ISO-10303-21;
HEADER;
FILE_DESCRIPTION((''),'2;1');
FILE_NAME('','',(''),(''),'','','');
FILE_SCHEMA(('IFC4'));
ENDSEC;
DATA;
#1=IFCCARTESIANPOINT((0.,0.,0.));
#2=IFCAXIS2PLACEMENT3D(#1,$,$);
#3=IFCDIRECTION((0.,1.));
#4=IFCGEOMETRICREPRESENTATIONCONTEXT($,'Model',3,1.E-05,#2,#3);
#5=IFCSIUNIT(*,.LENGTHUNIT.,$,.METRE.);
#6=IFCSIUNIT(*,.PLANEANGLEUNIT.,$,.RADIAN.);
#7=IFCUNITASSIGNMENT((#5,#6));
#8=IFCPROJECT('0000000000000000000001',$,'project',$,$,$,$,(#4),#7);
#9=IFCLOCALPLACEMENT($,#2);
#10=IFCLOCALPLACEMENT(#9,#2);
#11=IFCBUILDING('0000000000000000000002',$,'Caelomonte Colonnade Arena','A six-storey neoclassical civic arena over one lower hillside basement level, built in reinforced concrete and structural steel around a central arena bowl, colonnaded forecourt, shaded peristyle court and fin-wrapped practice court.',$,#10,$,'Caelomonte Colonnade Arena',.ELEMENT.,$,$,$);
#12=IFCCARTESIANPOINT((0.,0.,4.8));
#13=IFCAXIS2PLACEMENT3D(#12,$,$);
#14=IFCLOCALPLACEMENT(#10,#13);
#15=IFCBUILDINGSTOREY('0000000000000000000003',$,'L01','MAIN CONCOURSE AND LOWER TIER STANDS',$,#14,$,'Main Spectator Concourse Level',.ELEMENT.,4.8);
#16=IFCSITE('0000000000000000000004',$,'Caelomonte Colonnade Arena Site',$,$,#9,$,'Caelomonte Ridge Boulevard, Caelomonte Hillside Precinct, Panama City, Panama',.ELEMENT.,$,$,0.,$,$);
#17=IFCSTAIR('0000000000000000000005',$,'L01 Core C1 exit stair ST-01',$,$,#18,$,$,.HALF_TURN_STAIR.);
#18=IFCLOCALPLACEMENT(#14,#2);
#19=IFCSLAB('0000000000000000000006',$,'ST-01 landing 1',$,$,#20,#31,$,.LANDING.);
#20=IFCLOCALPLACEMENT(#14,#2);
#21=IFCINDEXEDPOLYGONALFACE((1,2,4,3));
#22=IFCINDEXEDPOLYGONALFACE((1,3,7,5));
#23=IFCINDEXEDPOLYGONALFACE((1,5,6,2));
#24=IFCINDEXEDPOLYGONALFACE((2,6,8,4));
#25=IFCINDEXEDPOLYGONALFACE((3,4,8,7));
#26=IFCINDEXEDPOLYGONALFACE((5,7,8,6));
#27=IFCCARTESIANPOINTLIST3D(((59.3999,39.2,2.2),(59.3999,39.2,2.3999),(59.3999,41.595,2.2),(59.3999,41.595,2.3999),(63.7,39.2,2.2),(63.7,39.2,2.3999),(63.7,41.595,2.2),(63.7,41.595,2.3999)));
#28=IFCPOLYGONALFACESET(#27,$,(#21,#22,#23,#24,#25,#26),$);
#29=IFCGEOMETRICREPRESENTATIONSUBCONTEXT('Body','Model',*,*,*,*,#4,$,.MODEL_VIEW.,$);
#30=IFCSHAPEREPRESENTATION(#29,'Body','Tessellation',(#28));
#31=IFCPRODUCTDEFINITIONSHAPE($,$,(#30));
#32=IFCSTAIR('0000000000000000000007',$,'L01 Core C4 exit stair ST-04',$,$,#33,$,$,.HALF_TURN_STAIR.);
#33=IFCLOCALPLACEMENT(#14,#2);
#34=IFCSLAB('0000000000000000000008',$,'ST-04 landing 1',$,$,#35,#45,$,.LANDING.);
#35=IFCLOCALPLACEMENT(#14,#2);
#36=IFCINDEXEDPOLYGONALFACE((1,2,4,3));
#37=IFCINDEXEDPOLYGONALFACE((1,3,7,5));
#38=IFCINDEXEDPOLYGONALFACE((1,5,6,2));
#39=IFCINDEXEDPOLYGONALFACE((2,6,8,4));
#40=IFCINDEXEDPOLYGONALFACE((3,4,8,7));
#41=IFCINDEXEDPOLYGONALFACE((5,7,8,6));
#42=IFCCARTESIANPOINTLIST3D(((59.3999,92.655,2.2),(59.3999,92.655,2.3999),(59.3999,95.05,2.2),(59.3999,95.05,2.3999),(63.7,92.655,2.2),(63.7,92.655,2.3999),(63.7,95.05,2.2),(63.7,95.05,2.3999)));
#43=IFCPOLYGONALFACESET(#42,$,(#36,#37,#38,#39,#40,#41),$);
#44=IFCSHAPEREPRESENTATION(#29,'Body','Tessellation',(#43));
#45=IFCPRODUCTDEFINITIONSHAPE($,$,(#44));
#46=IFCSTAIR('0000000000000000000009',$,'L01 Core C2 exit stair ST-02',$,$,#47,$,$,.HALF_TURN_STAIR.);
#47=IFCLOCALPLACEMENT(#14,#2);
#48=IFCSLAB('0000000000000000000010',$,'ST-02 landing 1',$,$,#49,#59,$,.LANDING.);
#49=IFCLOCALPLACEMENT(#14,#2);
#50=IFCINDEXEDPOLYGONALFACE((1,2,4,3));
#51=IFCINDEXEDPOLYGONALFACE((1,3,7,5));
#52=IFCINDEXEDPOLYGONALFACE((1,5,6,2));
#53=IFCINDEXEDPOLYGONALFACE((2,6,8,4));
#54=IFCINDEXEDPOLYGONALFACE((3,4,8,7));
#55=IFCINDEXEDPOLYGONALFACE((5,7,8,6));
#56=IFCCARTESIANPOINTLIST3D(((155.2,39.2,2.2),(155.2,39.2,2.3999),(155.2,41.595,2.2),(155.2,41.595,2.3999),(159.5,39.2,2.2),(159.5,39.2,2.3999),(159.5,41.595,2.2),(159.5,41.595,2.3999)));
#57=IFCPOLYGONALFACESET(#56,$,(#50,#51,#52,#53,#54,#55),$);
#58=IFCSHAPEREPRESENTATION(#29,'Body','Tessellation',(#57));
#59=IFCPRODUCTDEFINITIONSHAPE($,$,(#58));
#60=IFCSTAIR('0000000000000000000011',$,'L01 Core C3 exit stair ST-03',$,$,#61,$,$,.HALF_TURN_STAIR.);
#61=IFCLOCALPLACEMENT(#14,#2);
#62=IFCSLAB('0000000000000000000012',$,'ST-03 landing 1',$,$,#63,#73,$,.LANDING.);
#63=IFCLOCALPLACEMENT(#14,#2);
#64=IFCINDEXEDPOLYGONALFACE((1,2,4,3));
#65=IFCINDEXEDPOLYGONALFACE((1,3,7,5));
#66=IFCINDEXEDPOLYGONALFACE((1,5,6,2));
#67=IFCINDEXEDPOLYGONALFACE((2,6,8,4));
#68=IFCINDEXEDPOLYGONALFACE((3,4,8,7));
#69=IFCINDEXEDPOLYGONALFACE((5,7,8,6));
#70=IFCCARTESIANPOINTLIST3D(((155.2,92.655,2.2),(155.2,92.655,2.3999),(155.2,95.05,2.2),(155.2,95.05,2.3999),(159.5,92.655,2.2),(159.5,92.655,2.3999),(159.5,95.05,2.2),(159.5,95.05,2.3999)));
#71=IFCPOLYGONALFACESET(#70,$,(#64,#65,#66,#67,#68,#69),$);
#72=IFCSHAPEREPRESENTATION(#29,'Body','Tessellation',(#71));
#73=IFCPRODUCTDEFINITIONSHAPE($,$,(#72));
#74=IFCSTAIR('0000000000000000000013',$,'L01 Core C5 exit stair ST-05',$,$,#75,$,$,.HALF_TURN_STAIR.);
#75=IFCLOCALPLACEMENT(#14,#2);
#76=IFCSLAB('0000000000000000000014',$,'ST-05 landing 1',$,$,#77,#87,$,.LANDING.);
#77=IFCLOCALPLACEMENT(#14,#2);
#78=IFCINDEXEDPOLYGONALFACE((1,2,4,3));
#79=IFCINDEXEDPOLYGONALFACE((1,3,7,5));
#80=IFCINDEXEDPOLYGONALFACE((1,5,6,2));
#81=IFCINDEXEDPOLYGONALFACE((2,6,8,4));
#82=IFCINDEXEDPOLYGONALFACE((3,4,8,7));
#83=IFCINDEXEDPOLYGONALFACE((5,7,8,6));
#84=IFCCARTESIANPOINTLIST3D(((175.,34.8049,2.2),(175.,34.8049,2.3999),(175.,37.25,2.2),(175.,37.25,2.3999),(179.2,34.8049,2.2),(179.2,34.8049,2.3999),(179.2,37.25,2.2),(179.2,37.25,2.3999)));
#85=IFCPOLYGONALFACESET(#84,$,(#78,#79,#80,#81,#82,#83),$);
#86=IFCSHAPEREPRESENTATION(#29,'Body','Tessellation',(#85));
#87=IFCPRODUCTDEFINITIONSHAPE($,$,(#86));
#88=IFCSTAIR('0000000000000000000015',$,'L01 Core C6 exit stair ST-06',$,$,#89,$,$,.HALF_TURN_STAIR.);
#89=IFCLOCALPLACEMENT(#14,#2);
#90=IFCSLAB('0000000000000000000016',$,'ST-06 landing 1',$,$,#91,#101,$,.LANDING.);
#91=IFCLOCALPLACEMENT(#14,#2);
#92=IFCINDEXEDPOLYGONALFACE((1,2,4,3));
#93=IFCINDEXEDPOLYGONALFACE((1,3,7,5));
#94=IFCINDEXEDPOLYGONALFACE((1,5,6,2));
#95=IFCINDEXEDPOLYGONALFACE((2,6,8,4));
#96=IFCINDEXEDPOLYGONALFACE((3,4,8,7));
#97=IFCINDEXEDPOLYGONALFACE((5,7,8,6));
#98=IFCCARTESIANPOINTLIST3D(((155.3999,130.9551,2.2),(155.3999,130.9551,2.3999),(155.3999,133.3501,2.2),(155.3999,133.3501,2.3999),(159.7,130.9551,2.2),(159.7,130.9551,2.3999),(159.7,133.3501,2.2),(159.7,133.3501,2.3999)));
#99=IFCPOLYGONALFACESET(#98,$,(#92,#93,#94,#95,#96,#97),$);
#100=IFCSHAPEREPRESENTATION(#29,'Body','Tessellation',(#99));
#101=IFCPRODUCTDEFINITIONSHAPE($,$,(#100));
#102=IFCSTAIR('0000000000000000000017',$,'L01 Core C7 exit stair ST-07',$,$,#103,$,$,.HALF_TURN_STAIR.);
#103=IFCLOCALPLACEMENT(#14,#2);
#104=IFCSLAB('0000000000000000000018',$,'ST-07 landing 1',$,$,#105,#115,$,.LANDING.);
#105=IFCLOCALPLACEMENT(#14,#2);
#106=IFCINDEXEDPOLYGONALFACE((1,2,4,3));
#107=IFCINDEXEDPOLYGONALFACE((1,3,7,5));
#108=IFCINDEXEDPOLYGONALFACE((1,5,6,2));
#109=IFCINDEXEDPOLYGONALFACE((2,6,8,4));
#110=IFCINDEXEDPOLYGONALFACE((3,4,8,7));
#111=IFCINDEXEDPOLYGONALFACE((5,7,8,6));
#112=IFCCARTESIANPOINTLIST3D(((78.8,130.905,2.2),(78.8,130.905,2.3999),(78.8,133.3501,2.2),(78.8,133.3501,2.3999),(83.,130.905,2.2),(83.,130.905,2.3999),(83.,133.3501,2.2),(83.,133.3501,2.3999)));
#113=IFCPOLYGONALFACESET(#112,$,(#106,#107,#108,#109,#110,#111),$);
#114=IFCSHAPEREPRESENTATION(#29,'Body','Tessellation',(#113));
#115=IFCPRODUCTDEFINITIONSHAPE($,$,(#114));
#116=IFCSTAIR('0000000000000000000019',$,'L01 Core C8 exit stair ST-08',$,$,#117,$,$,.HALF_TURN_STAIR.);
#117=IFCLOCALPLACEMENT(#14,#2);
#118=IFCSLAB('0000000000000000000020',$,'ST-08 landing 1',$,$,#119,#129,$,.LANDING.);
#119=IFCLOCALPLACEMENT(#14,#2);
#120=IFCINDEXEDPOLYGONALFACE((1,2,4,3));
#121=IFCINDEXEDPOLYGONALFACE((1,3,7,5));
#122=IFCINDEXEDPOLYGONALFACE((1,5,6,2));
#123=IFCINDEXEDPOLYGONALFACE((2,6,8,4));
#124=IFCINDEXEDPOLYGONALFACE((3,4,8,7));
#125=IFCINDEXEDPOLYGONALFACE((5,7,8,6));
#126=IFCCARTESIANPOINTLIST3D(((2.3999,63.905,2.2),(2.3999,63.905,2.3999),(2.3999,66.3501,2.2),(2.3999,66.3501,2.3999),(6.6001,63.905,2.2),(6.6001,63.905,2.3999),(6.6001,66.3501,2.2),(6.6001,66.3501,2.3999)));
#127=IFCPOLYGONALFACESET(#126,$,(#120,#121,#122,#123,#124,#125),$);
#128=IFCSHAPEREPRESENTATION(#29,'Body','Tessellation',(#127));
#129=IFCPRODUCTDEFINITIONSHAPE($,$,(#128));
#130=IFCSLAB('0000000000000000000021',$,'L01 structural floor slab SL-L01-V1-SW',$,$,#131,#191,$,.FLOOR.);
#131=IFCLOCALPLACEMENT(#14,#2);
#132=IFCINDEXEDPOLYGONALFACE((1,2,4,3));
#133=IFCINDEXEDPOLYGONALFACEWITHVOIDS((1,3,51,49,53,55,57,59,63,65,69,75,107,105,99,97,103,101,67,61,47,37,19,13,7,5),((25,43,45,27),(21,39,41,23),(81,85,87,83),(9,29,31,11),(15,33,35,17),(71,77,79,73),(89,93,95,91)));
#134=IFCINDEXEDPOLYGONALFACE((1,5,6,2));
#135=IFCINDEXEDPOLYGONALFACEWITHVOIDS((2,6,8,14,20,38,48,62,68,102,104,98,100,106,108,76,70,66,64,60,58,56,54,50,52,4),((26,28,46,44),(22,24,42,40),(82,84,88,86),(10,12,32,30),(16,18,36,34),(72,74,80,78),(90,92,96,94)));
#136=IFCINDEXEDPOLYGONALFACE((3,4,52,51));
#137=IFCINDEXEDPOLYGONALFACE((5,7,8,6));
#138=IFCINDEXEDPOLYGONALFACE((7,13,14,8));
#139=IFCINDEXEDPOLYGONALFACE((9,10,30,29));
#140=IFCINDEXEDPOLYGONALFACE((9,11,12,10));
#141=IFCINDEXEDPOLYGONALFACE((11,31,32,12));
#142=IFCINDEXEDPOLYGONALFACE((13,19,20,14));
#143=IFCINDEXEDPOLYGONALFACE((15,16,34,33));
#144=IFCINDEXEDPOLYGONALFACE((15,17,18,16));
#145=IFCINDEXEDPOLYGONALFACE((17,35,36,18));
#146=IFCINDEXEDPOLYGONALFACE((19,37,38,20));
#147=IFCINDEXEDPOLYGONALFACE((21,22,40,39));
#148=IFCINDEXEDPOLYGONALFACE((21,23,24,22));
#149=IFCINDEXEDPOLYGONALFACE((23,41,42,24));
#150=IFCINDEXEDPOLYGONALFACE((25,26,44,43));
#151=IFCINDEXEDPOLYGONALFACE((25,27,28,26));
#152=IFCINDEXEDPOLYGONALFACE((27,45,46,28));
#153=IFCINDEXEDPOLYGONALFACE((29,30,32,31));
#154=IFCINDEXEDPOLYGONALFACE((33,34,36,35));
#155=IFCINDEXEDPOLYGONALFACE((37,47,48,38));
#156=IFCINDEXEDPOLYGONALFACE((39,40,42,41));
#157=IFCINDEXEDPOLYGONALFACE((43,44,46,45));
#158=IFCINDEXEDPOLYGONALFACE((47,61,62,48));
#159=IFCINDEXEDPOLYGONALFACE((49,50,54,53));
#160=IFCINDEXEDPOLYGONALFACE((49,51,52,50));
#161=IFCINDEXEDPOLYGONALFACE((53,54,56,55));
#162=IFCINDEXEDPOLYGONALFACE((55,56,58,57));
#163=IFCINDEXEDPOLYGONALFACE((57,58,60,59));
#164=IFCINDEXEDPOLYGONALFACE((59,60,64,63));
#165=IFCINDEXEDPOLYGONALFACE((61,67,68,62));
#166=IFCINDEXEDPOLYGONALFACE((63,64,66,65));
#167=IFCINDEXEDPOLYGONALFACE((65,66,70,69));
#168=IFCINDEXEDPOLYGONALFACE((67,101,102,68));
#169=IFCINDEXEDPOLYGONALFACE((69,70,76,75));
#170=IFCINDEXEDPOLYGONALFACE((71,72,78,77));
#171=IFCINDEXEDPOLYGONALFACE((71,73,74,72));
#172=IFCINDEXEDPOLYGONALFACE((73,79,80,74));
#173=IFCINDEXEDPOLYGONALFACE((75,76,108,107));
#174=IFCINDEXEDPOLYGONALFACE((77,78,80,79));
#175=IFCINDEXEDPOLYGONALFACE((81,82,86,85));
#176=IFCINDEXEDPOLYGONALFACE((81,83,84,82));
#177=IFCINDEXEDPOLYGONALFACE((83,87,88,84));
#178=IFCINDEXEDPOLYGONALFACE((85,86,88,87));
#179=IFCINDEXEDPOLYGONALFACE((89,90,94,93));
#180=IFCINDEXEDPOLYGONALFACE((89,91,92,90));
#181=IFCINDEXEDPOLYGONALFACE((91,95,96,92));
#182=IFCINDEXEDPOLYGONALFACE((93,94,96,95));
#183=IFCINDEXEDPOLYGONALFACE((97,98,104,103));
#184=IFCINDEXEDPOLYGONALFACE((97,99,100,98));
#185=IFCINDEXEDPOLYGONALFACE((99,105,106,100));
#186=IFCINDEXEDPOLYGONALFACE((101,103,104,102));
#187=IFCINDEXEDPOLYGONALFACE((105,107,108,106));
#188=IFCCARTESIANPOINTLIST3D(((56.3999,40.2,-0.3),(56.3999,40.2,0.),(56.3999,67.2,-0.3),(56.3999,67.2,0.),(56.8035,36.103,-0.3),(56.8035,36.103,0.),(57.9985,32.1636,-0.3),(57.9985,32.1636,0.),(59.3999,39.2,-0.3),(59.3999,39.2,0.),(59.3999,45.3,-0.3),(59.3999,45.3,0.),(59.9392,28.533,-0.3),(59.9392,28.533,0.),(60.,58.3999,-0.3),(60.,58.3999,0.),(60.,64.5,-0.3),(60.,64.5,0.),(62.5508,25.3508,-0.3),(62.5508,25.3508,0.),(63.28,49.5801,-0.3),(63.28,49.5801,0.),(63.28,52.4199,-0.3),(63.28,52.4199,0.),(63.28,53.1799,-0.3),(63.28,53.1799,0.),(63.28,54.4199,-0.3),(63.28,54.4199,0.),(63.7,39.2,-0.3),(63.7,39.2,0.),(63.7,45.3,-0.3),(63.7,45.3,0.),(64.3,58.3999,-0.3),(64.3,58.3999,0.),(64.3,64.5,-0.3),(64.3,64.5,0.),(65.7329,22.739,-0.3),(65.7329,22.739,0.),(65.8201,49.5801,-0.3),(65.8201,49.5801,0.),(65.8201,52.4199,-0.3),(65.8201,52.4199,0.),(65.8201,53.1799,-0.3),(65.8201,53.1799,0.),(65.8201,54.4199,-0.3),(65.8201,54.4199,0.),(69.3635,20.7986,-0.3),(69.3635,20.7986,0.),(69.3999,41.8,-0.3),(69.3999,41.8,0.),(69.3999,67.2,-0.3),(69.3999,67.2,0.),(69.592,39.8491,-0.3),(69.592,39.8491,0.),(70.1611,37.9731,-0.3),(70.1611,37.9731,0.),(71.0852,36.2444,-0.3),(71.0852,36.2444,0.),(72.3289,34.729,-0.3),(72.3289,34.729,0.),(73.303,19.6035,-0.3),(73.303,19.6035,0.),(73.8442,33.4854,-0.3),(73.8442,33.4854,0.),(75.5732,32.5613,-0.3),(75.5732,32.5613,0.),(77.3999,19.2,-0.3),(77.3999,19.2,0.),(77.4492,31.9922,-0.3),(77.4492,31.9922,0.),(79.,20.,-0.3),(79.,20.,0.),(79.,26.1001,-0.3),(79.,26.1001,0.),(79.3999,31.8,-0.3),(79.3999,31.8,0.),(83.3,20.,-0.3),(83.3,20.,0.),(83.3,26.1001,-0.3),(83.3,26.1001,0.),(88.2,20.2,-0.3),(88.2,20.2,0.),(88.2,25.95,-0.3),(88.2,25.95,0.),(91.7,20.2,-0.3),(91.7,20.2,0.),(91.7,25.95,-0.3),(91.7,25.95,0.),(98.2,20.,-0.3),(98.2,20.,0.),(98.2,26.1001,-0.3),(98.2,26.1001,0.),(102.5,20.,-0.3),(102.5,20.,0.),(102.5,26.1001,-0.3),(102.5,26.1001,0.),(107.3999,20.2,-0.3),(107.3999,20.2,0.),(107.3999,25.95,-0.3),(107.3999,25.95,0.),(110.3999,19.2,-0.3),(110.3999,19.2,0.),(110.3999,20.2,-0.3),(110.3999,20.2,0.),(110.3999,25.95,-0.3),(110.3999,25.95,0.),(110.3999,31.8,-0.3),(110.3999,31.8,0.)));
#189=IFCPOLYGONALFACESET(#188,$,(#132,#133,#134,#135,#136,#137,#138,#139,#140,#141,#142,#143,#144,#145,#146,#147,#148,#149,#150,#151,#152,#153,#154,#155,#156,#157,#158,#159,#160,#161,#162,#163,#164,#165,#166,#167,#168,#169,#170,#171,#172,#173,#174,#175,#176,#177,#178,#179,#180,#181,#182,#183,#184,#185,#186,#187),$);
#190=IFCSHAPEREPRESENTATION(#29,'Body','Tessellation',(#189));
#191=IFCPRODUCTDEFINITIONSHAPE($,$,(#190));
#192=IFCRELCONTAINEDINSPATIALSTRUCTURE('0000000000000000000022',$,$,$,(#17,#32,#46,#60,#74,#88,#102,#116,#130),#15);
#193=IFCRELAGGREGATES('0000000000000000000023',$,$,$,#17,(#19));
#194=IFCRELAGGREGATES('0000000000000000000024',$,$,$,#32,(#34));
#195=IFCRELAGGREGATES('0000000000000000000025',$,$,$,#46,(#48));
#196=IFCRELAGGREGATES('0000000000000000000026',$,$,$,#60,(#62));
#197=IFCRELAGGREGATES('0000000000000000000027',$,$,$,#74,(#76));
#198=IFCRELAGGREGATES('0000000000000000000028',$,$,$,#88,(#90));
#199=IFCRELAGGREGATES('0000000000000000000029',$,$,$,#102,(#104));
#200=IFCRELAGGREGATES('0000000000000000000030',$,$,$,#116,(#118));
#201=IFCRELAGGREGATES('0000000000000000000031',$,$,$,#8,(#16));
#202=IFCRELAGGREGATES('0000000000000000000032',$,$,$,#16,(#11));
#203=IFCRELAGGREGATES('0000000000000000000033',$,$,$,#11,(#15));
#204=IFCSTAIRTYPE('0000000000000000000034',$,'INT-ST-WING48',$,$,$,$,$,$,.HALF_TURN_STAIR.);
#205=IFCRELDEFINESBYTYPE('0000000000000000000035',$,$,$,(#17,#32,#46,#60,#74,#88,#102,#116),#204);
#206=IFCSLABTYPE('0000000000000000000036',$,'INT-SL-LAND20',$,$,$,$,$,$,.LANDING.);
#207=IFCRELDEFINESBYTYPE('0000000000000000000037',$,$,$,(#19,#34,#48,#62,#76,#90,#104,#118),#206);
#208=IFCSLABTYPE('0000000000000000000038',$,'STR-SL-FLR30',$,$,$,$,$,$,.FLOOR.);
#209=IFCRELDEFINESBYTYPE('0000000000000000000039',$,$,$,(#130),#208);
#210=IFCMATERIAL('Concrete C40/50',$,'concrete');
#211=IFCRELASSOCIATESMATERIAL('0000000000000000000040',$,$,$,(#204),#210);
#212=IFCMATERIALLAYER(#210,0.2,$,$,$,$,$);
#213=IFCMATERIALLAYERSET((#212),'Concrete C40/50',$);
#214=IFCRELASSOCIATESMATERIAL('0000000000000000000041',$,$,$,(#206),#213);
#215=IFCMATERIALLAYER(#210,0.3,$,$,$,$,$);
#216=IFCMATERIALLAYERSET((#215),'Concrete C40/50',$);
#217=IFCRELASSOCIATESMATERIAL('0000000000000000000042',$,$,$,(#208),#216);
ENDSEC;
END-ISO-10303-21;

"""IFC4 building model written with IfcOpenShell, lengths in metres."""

from ifc_helpers import new_model, si_unit, direction, frame, origin, place, context, subcontext, project, spatial, polyline, outline, extrude, material, layer, layer_set, type_object, element, aggregate, save


model = new_model("IFC4")

# Units and contexts
model_context = context("Model", 3, precision=1e-05, world=origin(), true_north=direction((0.0, 1.0)))
body_context = subcontext(model_context, "Body", "Model", "MODEL_VIEW")
ifc_project = project(units=[si_unit("LENGTHUNIT", "METRE"), si_unit("PLANEANGLEUNIT", "RADIAN")], contexts=[model_context])

# Site, building, storey
site_placement = place(None, origin())
site = spatial("IfcSite", under=ifc_project, at=site_placement, Name="Caelomonte Colonnade Arena Site", LongName="Caelomonte Ridge Boulevard, Caelomonte Hillside Precinct, Panama City, Panama", CompositionType="ELEMENT", RefElevation=0.0)
building_placement = place(site_placement, origin())
building = spatial("IfcBuilding", under=site, at=building_placement, Name="Caelomonte Colonnade Arena", Description="A six-storey neoclassical civic arena over one lower hillside basement level, built in reinforced concrete and structural steel around a central arena bowl, colonnaded forecourt, shaded peristyle court and fin-wrapped practice court.", LongName="Caelomonte Colonnade Arena", CompositionType="ELEMENT")
storey_placement = place(building_placement, frame((0.0, 0.0, 4.8)))
storey = spatial("IfcBuildingStorey", under=building, at=storey_placement, Name="L01", Description="MAIN CONCOURSE AND LOWER TIER STANDS", LongName="Main Spectator Concourse Level", CompositionType="ELEMENT", Elevation=4.8)

# Stairs, slabs
ifc_material_1 = material(Name="Concrete C40/50", Category="concrete")
stair_type = type_object("IfcStairType", Name="INT-ST-WING48", PredefinedType="HALF_TURN_STAIR", material=ifc_material_1)
stair_1_placement = place(storey_placement, origin())
stair_1 = element("IfcStair", 1, at=stair_1_placement, inside=storey, type_object=stair_type, Name="L01 Core C1 exit stair ST-01", PredefinedType="HALF_TURN_STAIR")
ifc_layer_1 = layer(ifc_material_1, 0.2)
ifc_layer_set_1 = layer_set([ifc_layer_1], Name="Concrete C40/50")
slab_type_1 = type_object("IfcSlabType", Name="INT-SL-LAND20", PredefinedType="LANDING", material=ifc_layer_set_1)
slab_1_placement = place(storey_placement, frame((0.0, 0.0, 2.2)))
slab_1 = element("IfcSlab", 2, at=slab_1_placement, type_object=slab_type_1, Name="ST-01 landing 1", PredefinedType="LANDING", context=body_context, shape_type="SweptSolid", body=[
    extrude(outline(polyline([(59.3999, 41.595), (59.3999, 39.2), (63.7, 39.2), (63.7, 41.595), (59.3999, 41.595)])), origin(), (0.0, 0.0, 1.0), 0.2),
])
aggregate(stair_1, [slab_1])
stair_2_placement = place(storey_placement, origin())
stair_2 = element("IfcStair", 3, at=stair_2_placement, inside=storey, type_object=stair_type, Name="L01 Core C4 exit stair ST-04", PredefinedType="HALF_TURN_STAIR")
slab_2_placement = place(storey_placement, frame((0.0, 0.0, 2.2)))
slab_2 = element("IfcSlab", 4, at=slab_2_placement, type_object=slab_type_1, Name="ST-04 landing 1", PredefinedType="LANDING", context=body_context, shape_type="SweptSolid", body=[
    extrude(outline(polyline([(63.7, 92.655), (63.7, 95.05), (59.3999, 95.05), (59.3999, 92.655), (63.7, 92.655)])), origin(), (0.0, 0.0, 1.0), 0.2),
])
aggregate(stair_2, [slab_2])
stair_3_placement = place(storey_placement, origin())
stair_3 = element("IfcStair", 5, at=stair_3_placement, inside=storey, type_object=stair_type, Name="L01 Core C2 exit stair ST-02", PredefinedType="HALF_TURN_STAIR")
slab_3_placement = place(storey_placement, frame((0.0, 0.0, 2.2)))
slab_3 = element("IfcSlab", 6, at=slab_3_placement, type_object=slab_type_1, Name="ST-02 landing 1", PredefinedType="LANDING", context=body_context, shape_type="SweptSolid", body=[
    extrude(outline(polyline([(155.2, 41.595), (155.2, 39.2), (159.5, 39.2), (159.5, 41.595), (155.2, 41.595)])), origin(), (0.0, 0.0, 1.0), 0.2),
])
aggregate(stair_3, [slab_3])
stair_4_placement = place(storey_placement, origin())
stair_4 = element("IfcStair", 7, at=stair_4_placement, inside=storey, type_object=stair_type, Name="L01 Core C3 exit stair ST-03", PredefinedType="HALF_TURN_STAIR")
slab_4_placement = place(storey_placement, frame((0.0, 0.0, 2.2)))
slab_4 = element("IfcSlab", 8, at=slab_4_placement, type_object=slab_type_1, Name="ST-03 landing 1", PredefinedType="LANDING", context=body_context, shape_type="SweptSolid", body=[
    extrude(outline(polyline([(159.5, 92.655), (159.5, 95.05), (155.2, 95.05), (155.2, 92.655), (159.5, 92.655)])), origin(), (0.0, 0.0, 1.0), 0.2),
])
aggregate(stair_4, [slab_4])
stair_5_placement = place(storey_placement, origin())
stair_5 = element("IfcStair", 9, at=stair_5_placement, inside=storey, type_object=stair_type, Name="L01 Core C5 exit stair ST-05", PredefinedType="HALF_TURN_STAIR")
slab_5_placement = place(storey_placement, frame((0.0, 0.0, 2.2)))
slab_5 = element("IfcSlab", 10, at=slab_5_placement, type_object=slab_type_1, Name="ST-05 landing 1", PredefinedType="LANDING", context=body_context, shape_type="SweptSolid", body=[
    extrude(outline(polyline([(179.2, 34.8049), (179.2, 37.25), (175.0, 37.25), (175.0, 34.8049), (179.2, 34.8049)])), origin(), (0.0, 0.0, 1.0), 0.2),
])
aggregate(stair_5, [slab_5])
stair_6_placement = place(storey_placement, origin())
stair_6 = element("IfcStair", 11, at=stair_6_placement, inside=storey, type_object=stair_type, Name="L01 Core C6 exit stair ST-06", PredefinedType="HALF_TURN_STAIR")
slab_6_placement = place(storey_placement, frame((0.0, 0.0, 2.2)))
slab_6 = element("IfcSlab", 12, at=slab_6_placement, type_object=slab_type_1, Name="ST-06 landing 1", PredefinedType="LANDING", context=body_context, shape_type="SweptSolid", body=[
    extrude(outline(polyline([(159.7, 130.9551), (159.7, 133.3501), (155.3999, 133.3501), (155.3999, 130.9551), (159.7, 130.9551)])), origin(), (0.0, 0.0, 1.0), 0.2),
])
aggregate(stair_6, [slab_6])
stair_7_placement = place(storey_placement, origin())
stair_7 = element("IfcStair", 13, at=stair_7_placement, inside=storey, type_object=stair_type, Name="L01 Core C7 exit stair ST-07", PredefinedType="HALF_TURN_STAIR")
slab_7_placement = place(storey_placement, frame((0.0, 0.0, 2.2)))
slab_7 = element("IfcSlab", 14, at=slab_7_placement, type_object=slab_type_1, Name="ST-07 landing 1", PredefinedType="LANDING", context=body_context, shape_type="SweptSolid", body=[
    extrude(outline(polyline([(83.0, 130.905), (83.0, 133.3501), (78.8, 133.3501), (78.8, 130.905), (83.0, 130.905)])), origin(), (0.0, 0.0, 1.0), 0.2),
])
aggregate(stair_7, [slab_7])
stair_8_placement = place(storey_placement, origin())
stair_8 = element("IfcStair", 15, at=stair_8_placement, inside=storey, type_object=stair_type, Name="L01 Core C8 exit stair ST-08", PredefinedType="HALF_TURN_STAIR")
slab_8_placement = place(storey_placement, frame((0.0, 0.0, 2.2)))
slab_8 = element("IfcSlab", 16, at=slab_8_placement, type_object=slab_type_1, Name="ST-08 landing 1", PredefinedType="LANDING", context=body_context, shape_type="SweptSolid", body=[
    extrude(outline(polyline([(6.6001, 63.905), (6.6001, 66.3501), (2.3999, 66.3501), (2.3999, 63.905), (6.6001, 63.905)])), origin(), (0.0, 0.0, 1.0), 0.2),
])
aggregate(stair_8, [slab_8])

# Slab
ifc_layer_2 = layer(ifc_material_1, 0.3)
ifc_layer_set_2 = layer_set([ifc_layer_2], Name="Concrete C40/50")
slab_type_2 = type_object("IfcSlabType", Name="STR-SL-FLR30", PredefinedType="FLOOR", material=ifc_layer_set_2)
slab_9_placement = place(storey_placement, frame((0.0, 0.0, -0.3)))
element("IfcSlab", 17, at=slab_9_placement, inside=storey, type_object=slab_type_2, Name="L01 structural floor slab SL-L01-V1-SW", PredefinedType="FLOOR", context=body_context, shape_type="SweptSolid", body=[
    extrude(outline(polyline([(73.303, 19.6035), (77.3999, 19.2), (110.3999, 19.2), (110.3999, 20.2), (107.3999, 20.2), (107.3999, 25.95), (110.3999, 25.95), (110.3999, 31.8), (79.3999, 31.8), (77.4492, 31.9922), (75.5732, 32.5613), (73.8442, 33.4854), (72.3289, 34.729), (71.0852, 36.2444), (70.1611, 37.9731), (69.592, 39.8491), (69.3999, 41.8), (69.3999, 67.2), (56.3999, 67.2), (56.3999, 40.2), (56.8035, 36.103), (57.9985, 32.1636), (59.9392, 28.533), (62.5508, 25.3508), (65.7329, 22.739), (69.3635, 20.7986), (73.303, 19.6035)]), holes=[polyline([(83.3, 26.1001), (83.3, 20.0), (79.0, 20.0), (79.0, 26.1001), (83.3, 26.1001)]), polyline([(63.7, 45.3), (63.7, 39.2), (59.3999, 39.2), (59.3999, 45.3), (63.7, 45.3)]), polyline([(63.28, 49.5801), (63.28, 52.4199), (65.8201, 52.4199), (65.8201, 49.5801), (63.28, 49.5801)]), polyline([(63.28, 54.4199), (65.8201, 54.4199), (65.8201, 53.1799), (63.28, 53.1799), (63.28, 54.4199)]), polyline([(64.3, 58.3999), (60.0, 58.3999), (60.0, 64.5), (64.3, 64.5), (64.3, 58.3999)]), polyline([(102.5, 20.0), (98.2, 20.0), (98.2, 26.1001), (102.5, 26.1001), (102.5, 20.0)]), polyline([(91.7, 20.2), (88.2, 20.2), (88.2, 25.95), (91.7, 25.95), (91.7, 20.2)])]), origin(), (0.0, 0.0, 1.0), 0.3),
])

save(model, "model.ifc")
